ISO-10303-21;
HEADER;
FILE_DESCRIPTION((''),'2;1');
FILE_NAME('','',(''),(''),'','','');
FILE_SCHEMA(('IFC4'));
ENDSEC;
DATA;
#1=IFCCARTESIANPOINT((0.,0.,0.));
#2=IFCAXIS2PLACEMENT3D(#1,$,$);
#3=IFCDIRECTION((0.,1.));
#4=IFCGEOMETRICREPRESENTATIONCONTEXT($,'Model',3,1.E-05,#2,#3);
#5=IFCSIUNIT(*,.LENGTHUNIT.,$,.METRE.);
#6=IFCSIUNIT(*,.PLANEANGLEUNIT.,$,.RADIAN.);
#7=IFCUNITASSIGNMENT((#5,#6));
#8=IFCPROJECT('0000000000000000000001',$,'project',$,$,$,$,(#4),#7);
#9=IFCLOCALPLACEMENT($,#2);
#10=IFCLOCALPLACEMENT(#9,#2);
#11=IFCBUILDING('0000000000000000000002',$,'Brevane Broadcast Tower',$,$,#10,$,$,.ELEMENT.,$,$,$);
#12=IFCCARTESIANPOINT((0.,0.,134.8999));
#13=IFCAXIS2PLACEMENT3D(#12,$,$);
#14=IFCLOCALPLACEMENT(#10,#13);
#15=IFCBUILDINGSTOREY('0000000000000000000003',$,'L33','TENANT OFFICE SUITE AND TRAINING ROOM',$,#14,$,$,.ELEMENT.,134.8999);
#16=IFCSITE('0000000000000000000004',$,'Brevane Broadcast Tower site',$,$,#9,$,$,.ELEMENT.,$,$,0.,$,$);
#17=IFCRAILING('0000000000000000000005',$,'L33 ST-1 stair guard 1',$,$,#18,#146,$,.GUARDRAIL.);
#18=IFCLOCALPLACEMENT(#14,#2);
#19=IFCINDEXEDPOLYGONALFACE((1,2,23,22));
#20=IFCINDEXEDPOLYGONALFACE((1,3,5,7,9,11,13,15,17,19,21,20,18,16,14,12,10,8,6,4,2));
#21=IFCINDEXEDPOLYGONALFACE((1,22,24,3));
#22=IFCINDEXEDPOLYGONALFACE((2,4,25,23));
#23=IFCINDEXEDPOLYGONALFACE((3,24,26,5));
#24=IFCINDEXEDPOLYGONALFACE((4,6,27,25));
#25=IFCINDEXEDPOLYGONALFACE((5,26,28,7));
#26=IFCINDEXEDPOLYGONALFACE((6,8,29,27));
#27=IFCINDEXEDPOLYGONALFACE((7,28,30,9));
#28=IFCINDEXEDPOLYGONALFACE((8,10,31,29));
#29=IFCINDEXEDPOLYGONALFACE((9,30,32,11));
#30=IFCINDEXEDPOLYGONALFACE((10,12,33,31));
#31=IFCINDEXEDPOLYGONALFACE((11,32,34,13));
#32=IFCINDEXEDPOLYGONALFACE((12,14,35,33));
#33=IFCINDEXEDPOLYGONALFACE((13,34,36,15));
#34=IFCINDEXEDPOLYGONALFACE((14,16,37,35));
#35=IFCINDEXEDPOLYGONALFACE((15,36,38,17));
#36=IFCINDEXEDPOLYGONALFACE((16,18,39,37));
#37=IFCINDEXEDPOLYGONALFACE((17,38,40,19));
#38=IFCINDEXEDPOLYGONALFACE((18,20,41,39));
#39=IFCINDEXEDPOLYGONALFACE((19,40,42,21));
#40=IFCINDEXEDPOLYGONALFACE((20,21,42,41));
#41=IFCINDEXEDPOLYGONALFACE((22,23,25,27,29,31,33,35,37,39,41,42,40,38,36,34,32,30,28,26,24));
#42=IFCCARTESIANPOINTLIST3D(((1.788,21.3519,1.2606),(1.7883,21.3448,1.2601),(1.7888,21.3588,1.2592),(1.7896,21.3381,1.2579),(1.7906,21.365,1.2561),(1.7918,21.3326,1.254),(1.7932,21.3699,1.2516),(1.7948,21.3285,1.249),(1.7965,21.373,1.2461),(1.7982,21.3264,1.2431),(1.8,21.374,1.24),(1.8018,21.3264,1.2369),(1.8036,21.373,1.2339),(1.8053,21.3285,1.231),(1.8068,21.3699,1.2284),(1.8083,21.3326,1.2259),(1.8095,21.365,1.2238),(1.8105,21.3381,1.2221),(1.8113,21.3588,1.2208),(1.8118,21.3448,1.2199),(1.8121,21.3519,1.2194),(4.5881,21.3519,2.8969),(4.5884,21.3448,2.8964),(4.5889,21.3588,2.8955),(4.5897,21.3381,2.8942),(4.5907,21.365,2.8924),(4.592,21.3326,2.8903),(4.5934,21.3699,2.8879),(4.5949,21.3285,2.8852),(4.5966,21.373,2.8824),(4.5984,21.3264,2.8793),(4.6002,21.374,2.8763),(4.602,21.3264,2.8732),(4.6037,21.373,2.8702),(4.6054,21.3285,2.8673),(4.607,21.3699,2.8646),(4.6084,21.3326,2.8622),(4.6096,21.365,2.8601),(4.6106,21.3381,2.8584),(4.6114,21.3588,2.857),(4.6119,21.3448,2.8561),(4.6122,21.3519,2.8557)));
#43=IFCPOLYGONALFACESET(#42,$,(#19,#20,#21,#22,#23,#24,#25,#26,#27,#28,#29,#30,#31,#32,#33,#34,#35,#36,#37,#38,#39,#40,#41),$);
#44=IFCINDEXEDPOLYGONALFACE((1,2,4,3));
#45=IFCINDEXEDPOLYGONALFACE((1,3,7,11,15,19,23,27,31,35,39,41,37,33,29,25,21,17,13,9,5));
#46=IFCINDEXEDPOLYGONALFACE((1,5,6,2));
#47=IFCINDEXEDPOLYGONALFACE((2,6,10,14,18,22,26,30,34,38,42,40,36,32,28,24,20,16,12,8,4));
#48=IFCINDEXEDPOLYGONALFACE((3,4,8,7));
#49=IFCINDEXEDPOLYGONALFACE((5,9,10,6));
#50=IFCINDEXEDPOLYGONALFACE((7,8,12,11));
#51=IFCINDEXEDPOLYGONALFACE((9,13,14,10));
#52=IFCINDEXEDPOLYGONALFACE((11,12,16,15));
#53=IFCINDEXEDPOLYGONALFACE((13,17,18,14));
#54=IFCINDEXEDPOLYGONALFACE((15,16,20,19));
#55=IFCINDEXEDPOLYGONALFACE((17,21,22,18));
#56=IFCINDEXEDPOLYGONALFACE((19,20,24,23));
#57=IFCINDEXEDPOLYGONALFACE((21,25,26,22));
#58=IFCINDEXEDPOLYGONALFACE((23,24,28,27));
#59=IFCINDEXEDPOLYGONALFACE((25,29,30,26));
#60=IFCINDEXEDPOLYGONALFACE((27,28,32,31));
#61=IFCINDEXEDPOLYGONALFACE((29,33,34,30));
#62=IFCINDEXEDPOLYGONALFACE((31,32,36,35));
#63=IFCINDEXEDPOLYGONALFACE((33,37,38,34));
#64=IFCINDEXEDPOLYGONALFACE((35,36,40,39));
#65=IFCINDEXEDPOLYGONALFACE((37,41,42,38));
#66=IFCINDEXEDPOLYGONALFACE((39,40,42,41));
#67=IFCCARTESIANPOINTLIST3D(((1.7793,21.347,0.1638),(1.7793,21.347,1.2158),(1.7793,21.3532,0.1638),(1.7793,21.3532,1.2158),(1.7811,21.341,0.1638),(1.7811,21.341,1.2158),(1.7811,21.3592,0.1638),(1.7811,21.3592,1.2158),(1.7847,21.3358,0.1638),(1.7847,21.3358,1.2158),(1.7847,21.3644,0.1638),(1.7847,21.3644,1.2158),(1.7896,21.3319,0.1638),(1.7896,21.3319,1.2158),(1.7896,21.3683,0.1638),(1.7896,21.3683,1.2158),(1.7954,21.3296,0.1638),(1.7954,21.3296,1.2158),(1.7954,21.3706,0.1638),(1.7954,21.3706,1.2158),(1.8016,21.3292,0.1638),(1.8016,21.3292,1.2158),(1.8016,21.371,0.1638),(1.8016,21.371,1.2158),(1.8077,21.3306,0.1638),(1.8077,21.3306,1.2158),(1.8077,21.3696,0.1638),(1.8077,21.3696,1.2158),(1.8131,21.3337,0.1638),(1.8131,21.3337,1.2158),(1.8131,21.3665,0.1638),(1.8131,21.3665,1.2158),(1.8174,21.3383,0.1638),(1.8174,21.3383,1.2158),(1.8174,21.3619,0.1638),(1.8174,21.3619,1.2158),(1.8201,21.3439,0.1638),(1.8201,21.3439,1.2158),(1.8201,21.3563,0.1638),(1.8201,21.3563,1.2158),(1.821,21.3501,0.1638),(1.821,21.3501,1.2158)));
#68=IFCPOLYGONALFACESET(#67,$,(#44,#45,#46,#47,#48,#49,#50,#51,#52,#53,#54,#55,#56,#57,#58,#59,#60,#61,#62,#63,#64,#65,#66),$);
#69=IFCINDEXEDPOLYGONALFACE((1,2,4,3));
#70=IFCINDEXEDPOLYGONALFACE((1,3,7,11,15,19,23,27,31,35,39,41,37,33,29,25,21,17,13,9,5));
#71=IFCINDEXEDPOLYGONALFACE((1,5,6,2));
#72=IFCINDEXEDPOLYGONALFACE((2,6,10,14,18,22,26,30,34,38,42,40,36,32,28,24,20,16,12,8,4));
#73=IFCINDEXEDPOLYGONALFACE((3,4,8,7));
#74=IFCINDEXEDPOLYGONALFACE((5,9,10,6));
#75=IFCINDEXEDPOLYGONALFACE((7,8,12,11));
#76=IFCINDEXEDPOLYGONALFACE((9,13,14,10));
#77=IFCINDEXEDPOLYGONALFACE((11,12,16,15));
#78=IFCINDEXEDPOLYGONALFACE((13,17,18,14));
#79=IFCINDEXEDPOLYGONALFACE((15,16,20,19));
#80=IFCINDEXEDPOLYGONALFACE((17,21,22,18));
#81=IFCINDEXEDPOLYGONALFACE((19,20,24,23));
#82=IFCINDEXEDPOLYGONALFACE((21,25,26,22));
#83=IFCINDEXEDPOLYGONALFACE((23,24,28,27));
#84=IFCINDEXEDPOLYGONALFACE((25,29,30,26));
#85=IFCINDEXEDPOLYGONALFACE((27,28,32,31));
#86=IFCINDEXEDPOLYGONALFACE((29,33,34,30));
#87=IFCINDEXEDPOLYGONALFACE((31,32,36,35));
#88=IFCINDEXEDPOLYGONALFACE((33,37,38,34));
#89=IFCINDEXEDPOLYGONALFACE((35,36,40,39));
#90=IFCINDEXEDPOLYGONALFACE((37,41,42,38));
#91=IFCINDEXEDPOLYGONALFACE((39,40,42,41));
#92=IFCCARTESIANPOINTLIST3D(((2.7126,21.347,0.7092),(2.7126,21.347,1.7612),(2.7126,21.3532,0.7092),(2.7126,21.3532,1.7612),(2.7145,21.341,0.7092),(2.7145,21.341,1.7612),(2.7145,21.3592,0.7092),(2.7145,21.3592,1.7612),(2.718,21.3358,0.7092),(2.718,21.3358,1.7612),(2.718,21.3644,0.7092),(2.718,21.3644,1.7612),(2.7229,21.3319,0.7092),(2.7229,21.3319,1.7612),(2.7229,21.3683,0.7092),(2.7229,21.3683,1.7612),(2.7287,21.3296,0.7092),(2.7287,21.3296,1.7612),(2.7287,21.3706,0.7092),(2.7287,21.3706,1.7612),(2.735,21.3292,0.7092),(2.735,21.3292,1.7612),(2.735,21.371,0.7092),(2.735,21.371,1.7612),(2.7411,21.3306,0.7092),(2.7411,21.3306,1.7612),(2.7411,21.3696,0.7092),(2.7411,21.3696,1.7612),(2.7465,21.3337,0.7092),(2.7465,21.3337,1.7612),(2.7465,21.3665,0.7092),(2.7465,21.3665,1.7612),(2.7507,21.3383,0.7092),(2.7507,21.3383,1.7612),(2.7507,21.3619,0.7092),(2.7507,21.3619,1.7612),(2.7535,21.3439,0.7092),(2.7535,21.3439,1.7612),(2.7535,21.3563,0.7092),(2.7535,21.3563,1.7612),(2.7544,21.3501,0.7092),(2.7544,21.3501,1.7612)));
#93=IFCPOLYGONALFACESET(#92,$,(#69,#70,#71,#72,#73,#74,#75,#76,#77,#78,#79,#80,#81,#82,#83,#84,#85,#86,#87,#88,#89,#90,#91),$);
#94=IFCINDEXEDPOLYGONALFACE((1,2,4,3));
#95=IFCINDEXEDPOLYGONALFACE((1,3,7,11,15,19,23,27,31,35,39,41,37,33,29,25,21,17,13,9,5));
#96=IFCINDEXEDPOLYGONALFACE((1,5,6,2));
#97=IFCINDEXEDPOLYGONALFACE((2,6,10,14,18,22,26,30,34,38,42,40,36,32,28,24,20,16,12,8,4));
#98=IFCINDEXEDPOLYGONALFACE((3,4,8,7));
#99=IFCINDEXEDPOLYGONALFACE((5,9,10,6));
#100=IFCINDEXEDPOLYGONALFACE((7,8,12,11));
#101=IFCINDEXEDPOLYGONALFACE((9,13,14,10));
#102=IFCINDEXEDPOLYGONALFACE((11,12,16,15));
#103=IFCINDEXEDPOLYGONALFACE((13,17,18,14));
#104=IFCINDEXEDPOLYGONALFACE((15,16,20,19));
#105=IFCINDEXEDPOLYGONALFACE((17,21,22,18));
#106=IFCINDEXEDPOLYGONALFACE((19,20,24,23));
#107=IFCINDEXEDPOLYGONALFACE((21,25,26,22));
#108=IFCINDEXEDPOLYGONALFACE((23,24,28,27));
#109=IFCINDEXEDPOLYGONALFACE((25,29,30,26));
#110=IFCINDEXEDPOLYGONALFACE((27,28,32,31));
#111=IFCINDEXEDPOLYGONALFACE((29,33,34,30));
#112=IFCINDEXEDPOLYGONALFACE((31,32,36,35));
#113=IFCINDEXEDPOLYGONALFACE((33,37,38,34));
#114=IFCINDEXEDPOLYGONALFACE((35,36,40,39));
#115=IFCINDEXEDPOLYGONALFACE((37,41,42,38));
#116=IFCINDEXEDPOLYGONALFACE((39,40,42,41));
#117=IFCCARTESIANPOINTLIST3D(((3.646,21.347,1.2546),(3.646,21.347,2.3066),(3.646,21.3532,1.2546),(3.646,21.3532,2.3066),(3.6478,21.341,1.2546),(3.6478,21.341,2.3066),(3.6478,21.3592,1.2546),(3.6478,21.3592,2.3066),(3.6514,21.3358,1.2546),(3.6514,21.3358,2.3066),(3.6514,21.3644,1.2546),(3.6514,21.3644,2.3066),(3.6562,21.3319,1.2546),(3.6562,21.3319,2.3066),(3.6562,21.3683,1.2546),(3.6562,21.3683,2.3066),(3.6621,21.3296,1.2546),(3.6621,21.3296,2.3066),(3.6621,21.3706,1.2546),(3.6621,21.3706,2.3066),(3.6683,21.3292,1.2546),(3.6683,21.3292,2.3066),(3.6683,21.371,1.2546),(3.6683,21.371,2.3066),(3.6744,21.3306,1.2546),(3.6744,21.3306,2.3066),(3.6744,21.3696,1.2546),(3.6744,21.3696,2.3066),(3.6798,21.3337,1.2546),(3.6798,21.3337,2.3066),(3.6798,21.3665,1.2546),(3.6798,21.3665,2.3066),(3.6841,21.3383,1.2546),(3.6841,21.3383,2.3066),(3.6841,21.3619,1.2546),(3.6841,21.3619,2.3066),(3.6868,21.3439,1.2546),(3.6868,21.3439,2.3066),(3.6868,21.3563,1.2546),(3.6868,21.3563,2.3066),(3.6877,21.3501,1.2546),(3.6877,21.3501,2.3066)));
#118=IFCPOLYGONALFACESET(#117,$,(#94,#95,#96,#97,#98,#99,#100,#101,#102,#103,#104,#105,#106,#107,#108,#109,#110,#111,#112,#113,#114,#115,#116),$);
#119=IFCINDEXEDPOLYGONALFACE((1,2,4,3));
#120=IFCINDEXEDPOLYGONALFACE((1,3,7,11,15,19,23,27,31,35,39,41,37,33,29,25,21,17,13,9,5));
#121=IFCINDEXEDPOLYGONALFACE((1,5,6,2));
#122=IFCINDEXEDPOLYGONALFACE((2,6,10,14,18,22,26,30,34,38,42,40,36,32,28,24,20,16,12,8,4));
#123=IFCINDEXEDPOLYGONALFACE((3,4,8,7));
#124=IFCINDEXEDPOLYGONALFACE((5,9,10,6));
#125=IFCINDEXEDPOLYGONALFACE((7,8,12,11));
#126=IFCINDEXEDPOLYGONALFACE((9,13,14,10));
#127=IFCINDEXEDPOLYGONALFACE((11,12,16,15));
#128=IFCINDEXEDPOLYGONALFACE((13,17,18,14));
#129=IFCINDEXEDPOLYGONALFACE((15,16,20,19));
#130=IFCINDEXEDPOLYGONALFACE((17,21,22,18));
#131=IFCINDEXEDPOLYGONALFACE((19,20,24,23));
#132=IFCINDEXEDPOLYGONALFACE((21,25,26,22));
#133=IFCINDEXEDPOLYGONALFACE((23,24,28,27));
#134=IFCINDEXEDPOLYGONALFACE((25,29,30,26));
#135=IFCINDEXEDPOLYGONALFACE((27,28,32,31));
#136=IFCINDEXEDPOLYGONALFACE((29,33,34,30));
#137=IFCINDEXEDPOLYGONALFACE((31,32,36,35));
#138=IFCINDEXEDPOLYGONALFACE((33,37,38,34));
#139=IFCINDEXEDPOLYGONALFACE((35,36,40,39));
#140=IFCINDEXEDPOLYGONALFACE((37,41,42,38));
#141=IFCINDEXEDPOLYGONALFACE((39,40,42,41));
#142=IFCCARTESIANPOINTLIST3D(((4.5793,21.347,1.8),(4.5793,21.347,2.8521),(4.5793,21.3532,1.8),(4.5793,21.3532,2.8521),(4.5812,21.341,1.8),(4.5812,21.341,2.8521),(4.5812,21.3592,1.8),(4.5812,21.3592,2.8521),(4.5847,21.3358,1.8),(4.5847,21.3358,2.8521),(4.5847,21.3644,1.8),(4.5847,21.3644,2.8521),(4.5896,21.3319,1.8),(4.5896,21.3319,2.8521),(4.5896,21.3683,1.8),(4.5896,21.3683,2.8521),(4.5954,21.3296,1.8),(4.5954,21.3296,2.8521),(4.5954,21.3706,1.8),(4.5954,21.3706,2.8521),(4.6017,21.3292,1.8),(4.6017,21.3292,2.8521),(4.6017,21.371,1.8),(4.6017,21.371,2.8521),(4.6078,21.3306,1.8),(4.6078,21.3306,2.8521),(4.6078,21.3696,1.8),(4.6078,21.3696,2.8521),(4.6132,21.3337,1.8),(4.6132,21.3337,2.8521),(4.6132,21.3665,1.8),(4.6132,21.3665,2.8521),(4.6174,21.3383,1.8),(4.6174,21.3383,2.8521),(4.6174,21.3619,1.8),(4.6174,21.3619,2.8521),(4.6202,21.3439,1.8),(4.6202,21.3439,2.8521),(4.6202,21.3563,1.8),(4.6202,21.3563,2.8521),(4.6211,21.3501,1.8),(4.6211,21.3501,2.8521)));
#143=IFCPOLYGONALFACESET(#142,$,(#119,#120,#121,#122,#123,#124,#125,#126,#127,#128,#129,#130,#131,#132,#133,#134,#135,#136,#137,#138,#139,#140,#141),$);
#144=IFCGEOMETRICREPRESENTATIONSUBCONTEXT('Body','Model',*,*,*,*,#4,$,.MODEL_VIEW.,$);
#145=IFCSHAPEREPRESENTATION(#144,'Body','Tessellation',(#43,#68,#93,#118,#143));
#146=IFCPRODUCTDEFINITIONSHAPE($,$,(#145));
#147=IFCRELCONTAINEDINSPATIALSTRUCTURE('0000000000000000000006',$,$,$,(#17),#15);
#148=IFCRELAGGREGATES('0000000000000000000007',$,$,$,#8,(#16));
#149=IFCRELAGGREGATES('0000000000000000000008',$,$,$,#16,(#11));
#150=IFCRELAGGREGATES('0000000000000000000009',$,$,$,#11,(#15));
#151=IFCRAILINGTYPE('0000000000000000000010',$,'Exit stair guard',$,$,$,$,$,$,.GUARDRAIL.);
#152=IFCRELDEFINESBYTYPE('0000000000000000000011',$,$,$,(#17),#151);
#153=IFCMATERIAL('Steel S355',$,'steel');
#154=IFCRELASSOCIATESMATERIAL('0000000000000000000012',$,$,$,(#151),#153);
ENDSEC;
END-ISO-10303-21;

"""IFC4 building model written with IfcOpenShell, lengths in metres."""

from ifc_helpers import new_model, si_unit, direction, frame, origin, origin_2d, place, context, subcontext, project, spatial, circle, extrude, material, type_object, element, save


model = new_model("IFC4")

# Units and contexts
model_context = context("Model", 3, precision=1e-05, world=origin(), true_north=direction((0.0, 1.0)))
body_context = subcontext(model_context, "Body", "Model", "MODEL_VIEW")
ifc_project = project(units=[si_unit("LENGTHUNIT", "METRE"), si_unit("PLANEANGLEUNIT", "RADIAN")], contexts=[model_context])

# Site, building, storey
site_placement = place(None, origin())
site = spatial("IfcSite", under=ifc_project, at=site_placement, Name="Brevane Broadcast Tower site", CompositionType="ELEMENT", RefElevation=0.0)
building_placement = place(site_placement, origin())
building = spatial("IfcBuilding", under=site, at=building_placement, Name="Brevane Broadcast Tower", CompositionType="ELEMENT")
storey_placement = place(building_placement, frame((0.0, 0.0, 134.8999)))
storey = spatial("IfcBuildingStorey", under=building, at=storey_placement, Name="L33", Description="TENANT OFFICE SUITE AND TRAINING ROOM", CompositionType="ELEMENT", Elevation=134.8999)

# Railing
ifc_material_1 = material(Name="Steel S355", Category="steel")
railing_type_1 = type_object("IfcRailingType", Name="Exit stair guard", PredefinedType="GUARDRAIL", material=ifc_material_1)
railing_1_placement = place(storey_placement, frame((1.8, 21.3501, 0.1638)))
element("IfcRailing", 1, at=railing_1_placement, inside=storey, type_object=railing_type_1, Name="L33 ST-1 stair guard 1", PredefinedType="GUARDRAIL", context=body_context, shape_type="SweptSolid", body=[
    extrude(circle(Radius=0.0239, at=origin_2d()), frame((0.0, 0.0, 1.0762), z_axis=(0.863394, 0.0, 0.504531), x_axis=(0.0, 1.0, 0.0)), (0.0, 0.0, 1.0), 3.2432),
    extrude(circle(Radius=0.021, at=origin_2d()), origin(), (0.0, 0.0, 1.0), 1.052),
    extrude(circle(Radius=0.021, at=origin_2d()), frame((0.9333, 0.0, 0.5454)), (0.0, 0.0, 1.0), 1.052),
    extrude(circle(Radius=0.021, at=origin_2d()), frame((1.8667, 0.0, 1.0908)), (0.0, 0.0, 1.0), 1.052),
    extrude(circle(Radius=0.021, at=origin_2d()), frame((2.8, 0.0, 1.6362)), (0.0, 0.0, 1.0), 1.052),
])

save(model, "model.ifc")
